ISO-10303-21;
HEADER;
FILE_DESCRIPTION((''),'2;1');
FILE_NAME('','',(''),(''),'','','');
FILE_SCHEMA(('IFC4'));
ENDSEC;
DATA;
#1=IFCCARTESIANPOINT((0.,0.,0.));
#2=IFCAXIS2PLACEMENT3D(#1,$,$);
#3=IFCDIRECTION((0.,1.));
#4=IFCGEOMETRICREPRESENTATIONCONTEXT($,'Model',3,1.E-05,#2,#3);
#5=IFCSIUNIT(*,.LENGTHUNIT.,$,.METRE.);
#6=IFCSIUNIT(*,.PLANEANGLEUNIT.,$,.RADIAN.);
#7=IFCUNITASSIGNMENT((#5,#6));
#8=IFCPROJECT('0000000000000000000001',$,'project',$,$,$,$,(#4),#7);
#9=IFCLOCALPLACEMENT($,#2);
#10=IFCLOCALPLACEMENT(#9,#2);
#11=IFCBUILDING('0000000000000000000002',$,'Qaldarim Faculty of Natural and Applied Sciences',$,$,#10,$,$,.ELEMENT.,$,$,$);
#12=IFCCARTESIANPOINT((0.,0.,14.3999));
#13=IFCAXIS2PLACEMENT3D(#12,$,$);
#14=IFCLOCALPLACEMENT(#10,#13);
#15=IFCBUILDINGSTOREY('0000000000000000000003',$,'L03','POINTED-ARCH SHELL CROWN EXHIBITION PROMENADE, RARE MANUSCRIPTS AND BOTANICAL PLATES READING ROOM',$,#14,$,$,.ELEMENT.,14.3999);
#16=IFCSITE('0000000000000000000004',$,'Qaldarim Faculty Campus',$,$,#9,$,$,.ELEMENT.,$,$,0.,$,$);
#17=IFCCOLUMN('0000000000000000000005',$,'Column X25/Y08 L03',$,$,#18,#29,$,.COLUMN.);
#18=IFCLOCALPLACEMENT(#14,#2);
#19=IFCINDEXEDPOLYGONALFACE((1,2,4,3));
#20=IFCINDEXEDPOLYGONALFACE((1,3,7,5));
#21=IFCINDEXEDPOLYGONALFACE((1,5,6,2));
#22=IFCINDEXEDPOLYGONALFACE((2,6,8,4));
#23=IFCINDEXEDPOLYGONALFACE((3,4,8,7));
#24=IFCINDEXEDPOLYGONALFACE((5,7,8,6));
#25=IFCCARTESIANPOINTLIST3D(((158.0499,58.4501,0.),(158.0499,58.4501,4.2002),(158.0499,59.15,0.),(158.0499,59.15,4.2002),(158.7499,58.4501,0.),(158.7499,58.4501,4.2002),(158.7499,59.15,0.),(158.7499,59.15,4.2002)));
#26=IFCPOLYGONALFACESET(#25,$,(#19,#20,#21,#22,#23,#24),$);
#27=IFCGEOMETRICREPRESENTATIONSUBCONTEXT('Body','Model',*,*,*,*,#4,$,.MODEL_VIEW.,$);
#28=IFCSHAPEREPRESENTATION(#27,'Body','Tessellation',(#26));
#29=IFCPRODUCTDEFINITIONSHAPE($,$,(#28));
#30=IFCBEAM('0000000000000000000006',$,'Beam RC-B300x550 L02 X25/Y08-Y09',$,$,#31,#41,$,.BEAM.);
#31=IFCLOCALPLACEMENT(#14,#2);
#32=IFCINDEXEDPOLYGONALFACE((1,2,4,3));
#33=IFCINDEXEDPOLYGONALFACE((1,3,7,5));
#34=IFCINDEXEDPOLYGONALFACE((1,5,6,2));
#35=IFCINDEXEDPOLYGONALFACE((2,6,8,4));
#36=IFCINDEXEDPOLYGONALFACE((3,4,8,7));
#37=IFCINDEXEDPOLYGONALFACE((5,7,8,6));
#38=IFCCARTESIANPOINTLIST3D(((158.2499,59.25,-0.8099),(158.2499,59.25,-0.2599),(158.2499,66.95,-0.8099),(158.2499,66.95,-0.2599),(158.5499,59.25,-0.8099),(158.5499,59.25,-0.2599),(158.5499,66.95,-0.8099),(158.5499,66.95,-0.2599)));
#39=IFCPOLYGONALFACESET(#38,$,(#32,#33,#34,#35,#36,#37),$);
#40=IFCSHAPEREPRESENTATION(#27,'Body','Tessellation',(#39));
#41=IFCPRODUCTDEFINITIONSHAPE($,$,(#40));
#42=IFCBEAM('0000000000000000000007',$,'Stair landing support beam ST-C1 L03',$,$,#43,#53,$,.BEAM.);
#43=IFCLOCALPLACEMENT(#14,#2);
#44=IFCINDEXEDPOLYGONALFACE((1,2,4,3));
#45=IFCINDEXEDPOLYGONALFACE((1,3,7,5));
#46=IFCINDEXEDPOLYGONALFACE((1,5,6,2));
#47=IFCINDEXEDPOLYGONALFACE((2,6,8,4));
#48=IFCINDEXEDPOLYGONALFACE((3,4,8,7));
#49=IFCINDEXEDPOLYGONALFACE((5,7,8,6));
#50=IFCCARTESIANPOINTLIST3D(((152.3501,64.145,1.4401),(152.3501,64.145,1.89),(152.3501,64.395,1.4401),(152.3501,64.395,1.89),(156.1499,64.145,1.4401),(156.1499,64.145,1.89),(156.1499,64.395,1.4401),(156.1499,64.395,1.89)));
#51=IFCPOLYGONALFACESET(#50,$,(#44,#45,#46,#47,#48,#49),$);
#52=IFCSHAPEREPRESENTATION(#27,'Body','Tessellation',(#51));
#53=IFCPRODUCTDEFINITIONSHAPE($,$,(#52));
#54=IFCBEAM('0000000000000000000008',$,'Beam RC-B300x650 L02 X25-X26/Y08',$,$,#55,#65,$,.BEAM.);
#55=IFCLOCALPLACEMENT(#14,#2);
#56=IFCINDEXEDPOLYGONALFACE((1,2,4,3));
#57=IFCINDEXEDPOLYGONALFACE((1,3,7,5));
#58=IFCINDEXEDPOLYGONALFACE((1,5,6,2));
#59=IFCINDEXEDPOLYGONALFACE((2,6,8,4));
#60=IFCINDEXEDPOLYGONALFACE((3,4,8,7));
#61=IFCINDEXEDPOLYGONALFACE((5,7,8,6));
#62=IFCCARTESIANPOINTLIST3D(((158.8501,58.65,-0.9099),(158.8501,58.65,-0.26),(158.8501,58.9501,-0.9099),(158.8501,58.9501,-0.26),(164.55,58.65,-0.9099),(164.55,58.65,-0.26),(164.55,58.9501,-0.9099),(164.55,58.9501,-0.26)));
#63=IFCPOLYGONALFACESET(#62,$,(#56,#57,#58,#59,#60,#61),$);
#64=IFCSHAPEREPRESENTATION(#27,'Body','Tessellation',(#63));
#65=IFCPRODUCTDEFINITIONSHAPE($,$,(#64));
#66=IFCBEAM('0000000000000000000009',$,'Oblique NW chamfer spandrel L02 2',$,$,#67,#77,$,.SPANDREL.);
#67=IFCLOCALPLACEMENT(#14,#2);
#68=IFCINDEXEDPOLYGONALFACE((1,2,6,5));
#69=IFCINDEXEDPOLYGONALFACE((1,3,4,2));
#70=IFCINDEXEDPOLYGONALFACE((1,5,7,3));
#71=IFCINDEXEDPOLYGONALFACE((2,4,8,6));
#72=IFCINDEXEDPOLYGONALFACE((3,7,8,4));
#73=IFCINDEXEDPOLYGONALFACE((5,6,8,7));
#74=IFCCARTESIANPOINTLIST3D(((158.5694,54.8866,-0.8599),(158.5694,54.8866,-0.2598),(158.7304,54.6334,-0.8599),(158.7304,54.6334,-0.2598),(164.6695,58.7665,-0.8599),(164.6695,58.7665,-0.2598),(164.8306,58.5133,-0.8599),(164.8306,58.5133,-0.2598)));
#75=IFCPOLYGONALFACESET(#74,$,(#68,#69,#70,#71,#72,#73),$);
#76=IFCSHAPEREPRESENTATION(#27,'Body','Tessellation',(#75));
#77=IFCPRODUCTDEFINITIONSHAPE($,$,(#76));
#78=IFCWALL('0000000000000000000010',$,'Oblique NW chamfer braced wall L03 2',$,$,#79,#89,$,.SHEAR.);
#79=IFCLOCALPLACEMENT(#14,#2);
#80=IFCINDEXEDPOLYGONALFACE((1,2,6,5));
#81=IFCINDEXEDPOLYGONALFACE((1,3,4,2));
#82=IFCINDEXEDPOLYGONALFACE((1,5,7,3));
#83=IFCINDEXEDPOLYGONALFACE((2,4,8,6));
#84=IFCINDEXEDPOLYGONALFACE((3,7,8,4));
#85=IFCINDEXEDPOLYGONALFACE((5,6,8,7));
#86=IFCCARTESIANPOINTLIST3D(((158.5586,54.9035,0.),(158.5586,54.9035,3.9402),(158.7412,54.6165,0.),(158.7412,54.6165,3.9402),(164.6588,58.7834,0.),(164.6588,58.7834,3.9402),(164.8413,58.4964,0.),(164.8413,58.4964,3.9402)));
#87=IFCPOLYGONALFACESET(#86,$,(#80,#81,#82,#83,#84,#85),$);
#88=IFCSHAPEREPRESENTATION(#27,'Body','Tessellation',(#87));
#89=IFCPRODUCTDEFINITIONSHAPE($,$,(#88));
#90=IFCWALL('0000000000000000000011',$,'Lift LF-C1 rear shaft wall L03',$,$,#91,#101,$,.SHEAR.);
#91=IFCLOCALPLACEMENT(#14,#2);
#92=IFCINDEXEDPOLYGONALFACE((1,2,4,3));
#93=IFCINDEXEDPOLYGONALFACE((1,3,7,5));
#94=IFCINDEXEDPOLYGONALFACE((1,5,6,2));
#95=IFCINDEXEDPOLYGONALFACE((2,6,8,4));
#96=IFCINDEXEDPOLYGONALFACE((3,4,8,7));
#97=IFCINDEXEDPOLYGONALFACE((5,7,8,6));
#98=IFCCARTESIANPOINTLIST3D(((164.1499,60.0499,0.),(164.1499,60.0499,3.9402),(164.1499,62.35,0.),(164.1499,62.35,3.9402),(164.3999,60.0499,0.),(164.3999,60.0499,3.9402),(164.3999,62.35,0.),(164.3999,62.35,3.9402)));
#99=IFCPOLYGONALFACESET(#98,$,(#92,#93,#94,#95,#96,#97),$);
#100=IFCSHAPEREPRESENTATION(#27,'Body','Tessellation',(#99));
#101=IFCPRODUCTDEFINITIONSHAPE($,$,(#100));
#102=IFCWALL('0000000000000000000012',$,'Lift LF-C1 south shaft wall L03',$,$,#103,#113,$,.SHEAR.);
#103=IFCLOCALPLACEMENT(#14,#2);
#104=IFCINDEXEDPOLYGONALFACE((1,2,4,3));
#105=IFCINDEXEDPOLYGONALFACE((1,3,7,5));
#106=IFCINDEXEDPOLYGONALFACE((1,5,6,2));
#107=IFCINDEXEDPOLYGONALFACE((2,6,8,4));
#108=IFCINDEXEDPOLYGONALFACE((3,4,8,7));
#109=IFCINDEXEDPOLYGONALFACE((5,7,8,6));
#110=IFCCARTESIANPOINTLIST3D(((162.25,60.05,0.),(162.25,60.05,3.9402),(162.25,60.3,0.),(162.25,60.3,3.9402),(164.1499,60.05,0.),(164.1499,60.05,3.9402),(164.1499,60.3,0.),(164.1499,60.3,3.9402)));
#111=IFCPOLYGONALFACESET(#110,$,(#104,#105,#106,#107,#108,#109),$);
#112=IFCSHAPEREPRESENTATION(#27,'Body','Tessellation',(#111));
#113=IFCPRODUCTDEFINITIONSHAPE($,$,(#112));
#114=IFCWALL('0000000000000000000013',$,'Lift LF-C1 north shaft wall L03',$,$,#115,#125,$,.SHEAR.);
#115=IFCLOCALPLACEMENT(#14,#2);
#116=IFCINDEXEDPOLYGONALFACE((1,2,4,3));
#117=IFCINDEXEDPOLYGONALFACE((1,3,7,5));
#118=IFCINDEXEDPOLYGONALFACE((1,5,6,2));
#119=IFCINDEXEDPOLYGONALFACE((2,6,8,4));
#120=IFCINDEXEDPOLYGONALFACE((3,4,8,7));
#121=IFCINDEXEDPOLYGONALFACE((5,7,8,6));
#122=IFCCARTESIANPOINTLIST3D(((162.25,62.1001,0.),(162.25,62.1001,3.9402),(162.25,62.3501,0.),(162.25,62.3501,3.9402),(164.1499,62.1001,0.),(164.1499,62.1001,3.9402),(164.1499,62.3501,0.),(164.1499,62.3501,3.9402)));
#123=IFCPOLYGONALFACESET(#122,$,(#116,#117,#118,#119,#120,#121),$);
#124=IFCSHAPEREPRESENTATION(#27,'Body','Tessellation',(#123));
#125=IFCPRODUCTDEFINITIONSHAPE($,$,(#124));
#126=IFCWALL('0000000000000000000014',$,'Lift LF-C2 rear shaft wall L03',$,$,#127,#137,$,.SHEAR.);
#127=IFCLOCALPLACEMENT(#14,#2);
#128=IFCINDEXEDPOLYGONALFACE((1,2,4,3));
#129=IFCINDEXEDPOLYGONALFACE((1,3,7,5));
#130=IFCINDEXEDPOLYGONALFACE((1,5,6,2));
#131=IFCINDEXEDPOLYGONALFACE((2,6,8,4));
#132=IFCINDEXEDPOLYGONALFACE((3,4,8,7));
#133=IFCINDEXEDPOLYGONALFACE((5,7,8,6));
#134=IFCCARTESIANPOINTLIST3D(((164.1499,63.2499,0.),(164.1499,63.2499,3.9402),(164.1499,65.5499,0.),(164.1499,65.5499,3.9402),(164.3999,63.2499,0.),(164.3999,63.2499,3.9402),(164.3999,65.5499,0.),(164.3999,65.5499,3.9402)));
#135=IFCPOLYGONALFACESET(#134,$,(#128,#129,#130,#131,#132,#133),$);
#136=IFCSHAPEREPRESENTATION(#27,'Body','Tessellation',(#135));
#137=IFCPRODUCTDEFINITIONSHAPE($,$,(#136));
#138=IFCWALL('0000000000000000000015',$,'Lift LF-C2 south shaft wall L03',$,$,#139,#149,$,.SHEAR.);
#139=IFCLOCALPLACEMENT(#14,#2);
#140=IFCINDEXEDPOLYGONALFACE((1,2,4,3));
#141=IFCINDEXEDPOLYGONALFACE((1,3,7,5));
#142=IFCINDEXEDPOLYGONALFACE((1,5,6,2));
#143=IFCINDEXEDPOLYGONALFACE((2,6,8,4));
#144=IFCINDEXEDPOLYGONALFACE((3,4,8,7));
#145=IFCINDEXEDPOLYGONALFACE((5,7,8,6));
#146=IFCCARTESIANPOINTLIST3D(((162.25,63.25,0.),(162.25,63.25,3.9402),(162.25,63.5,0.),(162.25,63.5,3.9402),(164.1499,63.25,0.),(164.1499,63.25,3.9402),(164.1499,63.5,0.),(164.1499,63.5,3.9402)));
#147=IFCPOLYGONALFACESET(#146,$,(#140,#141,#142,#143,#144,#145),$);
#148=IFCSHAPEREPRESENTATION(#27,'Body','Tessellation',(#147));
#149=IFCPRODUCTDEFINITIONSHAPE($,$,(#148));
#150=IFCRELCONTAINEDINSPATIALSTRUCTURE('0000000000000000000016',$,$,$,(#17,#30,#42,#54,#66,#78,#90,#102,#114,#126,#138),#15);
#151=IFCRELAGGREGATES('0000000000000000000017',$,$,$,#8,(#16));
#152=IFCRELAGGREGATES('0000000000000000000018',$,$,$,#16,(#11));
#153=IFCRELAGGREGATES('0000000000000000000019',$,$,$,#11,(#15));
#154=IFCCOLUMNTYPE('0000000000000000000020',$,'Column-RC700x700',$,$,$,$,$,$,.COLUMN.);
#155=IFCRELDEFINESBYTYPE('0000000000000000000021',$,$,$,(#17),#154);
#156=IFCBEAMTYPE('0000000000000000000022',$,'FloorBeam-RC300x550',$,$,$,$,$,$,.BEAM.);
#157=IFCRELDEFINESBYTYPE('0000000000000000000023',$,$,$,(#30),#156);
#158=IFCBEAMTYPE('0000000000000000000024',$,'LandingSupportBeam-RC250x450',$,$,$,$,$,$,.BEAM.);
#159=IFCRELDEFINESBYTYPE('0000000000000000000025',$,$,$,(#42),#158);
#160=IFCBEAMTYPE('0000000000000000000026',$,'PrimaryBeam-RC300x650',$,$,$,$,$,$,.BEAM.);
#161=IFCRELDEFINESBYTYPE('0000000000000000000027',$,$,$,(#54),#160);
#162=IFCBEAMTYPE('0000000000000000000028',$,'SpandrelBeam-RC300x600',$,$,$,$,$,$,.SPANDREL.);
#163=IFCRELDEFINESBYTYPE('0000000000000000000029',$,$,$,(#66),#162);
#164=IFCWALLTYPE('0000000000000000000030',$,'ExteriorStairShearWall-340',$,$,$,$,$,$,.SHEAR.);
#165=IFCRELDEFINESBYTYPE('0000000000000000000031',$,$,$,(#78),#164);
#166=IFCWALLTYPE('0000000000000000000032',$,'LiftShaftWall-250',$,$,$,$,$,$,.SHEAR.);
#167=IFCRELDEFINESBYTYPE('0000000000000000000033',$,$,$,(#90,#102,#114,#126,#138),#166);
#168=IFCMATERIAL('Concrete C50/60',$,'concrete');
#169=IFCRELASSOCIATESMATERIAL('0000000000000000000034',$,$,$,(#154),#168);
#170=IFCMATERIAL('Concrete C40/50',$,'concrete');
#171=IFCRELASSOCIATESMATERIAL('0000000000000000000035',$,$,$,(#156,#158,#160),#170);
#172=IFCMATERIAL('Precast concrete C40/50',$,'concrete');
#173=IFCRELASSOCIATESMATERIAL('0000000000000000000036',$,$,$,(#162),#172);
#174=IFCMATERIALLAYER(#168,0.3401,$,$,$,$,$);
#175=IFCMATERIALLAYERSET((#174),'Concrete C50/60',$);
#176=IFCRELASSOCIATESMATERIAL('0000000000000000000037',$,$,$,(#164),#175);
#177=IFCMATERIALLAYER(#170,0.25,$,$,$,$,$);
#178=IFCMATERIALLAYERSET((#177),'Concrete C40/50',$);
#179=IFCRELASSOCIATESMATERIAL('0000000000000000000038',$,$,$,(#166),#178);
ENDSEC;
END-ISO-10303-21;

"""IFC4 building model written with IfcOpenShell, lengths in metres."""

from ifc_helpers import new_model, si_unit, direction, frame, frame_2d, origin, origin_2d, place, context, subcontext, project, spatial, rectangle, extrude, material, layer, layer_set, material_profile, profile_set, type_object, element, save


model = new_model("IFC4")

# Units and contexts
model_context = context("Model", 3, precision=1e-05, world=origin(), true_north=direction((0.0, 1.0)))
body_context = subcontext(model_context, "Body", "Model", "MODEL_VIEW")
ifc_project = project(units=[si_unit("LENGTHUNIT", "METRE"), si_unit("PLANEANGLEUNIT", "RADIAN")], contexts=[model_context])

# Site, building, storey
site_placement = place(None, origin())
site = spatial("IfcSite", under=ifc_project, at=site_placement, Name="Qaldarim Faculty Campus", CompositionType="ELEMENT", RefElevation=0.0)
building_placement = place(site_placement, origin())
building = spatial("IfcBuilding", under=site, at=building_placement, Name="Qaldarim Faculty of Natural and Applied Sciences", CompositionType="ELEMENT")
storey_placement = place(building_placement, frame((0.0, 0.0, 14.3999)))
storey = spatial("IfcBuildingStorey", under=building, at=storey_placement, Name="L03", Description="POINTED-ARCH SHELL CROWN EXHIBITION PROMENADE, RARE MANUSCRIPTS AND BOTANICAL PLATES READING ROOM", CompositionType="ELEMENT", Elevation=14.3999)

# Column
ifc_material_1 = material(Name="Concrete C50/60", Category="concrete")
ifc_material_profile_1 = material_profile(ifc_material_1, rectangle(XDim=0.7, YDim=0.7, at=origin_2d()), Name="RC-C700x700")
ifc_profile_set_1 = profile_set([ifc_material_profile_1], Name="Concrete C50/60")
column_type = type_object("IfcColumnType", Name="Column-RC700x700", PredefinedType="COLUMN", material=ifc_profile_set_1)
column_placement = place(storey_placement, frame((158.3999, 58.8, 0.0), z_axis=(0.0, 0.0, 1.0), x_axis=(1.0, 0.0, 0.0)))
element("IfcColumn", 1, at=column_placement, inside=storey, type_object=column_type, Name="Column X25/Y08 L03", PredefinedType="COLUMN", context=body_context, shape_type="SweptSolid", body=[
    extrude(rectangle(XDim=0.7, YDim=0.7, at=origin_2d()), origin(), (0.0, 0.0, 1.0), 4.2002),
])

# Beams
ifc_material_2 = material(Name="Concrete C40/50", Category="concrete")
ifc_material_profile_2 = material_profile(ifc_material_2, rectangle(XDim=0.3, YDim=0.55, at=origin_2d()), Name="RC-B300x550")
ifc_profile_set_2 = profile_set([ifc_material_profile_2], Name="Concrete C40/50")
beam_type_1 = type_object("IfcBeamType", Name="FloorBeam-RC300x550", PredefinedType="BEAM", material=ifc_profile_set_2)
beam_1_placement = place(storey_placement, frame((158.3999, 59.25, -0.5349), z_axis=(0.0, 1.0, 0.0), x_axis=(-1.0, 0.0, 0.0)))
element("IfcBeam", 2, at=beam_1_placement, inside=storey, type_object=beam_type_1, Name="Beam RC-B300x550 L02 X25/Y08-Y09", PredefinedType="BEAM", context=body_context, shape_type="SweptSolid", body=[
    extrude(rectangle(XDim=0.3, YDim=0.55, at=origin_2d()), origin(), (0.0, 0.0, 1.0), 7.7),
])
ifc_material_profile_3 = material_profile(ifc_material_2, rectangle(XDim=0.25, YDim=0.45, at=origin_2d()), Name="RC-LN250x450")
ifc_profile_set_3 = profile_set([ifc_material_profile_3], Name="Concrete C40/50")
beam_type_2 = type_object("IfcBeamType", Name="LandingSupportBeam-RC250x450", PredefinedType="BEAM", material=ifc_profile_set_3)
beam_2_placement = place(storey_placement, frame((152.3501, 64.27, 1.665), z_axis=(1.0, 0.0, 0.0), x_axis=(0.0, 1.0, 0.0)))
element("IfcBeam", 3, at=beam_2_placement, inside=storey, type_object=beam_type_2, Name="Stair landing support beam ST-C1 L03", PredefinedType="BEAM", context=body_context, shape_type="SweptSolid", body=[
    extrude(rectangle(XDim=0.25, YDim=0.45, at=origin_2d()), origin(), (0.0, 0.0, 1.0), 3.7998),
])
ifc_material_profile_4 = material_profile(ifc_material_2, rectangle(XDim=0.3, YDim=0.6499, at=origin_2d()), Name="RC-B300x650")
ifc_profile_set_4 = profile_set([ifc_material_profile_4], Name="Concrete C40/50")
beam_type_3 = type_object("IfcBeamType", Name="PrimaryBeam-RC300x650", PredefinedType="BEAM", material=ifc_profile_set_4)
beam_3_placement = place(storey_placement, frame((158.8501, 58.8, -0.585), z_axis=(1.0, 0.0, 0.0), x_axis=(0.0, 1.0, 0.0)))
element("IfcBeam", 4, at=beam_3_placement, inside=storey, type_object=beam_type_3, Name="Beam RC-B300x650 L02 X25-X26/Y08", PredefinedType="BEAM", context=body_context, shape_type="SweptSolid", body=[
    extrude(rectangle(XDim=0.3, YDim=0.6499, at=origin_2d()), origin(), (0.0, 0.0, 1.0), 5.7),
])
ifc_material_3 = material(Name="Precast concrete C40/50", Category="concrete")
ifc_material_profile_5 = material_profile(ifc_material_3, rectangle(XDim=0.3, YDim=0.6001, at=origin_2d()), Name="RC-SP300x600")
ifc_profile_set_5 = profile_set([ifc_material_profile_5], Name="Precast concrete C40/50")
beam_type_4 = type_object("IfcBeamType", Name="SpandrelBeam-RC300x600", PredefinedType="SPANDREL", material=ifc_profile_set_5)
beam_4_placement = place(storey_placement, frame((158.6499, 54.76, -0.5598), z_axis=(0.843787, 0.536679, 0.0), x_axis=(-0.536679, 0.843787, 0.0)))
element("IfcBeam", 5, at=beam_4_placement, inside=storey, type_object=beam_type_4, Name="Oblique NW chamfer spandrel L02 2", PredefinedType="SPANDREL", context=body_context, shape_type="SweptSolid", body=[
    extrude(rectangle(XDim=0.3, YDim=0.6001, at=origin_2d()), origin(), (0.0, 0.0, 1.0), 7.2295),
])

# Wall
ifc_layer_1 = layer(ifc_material_1, 0.3401)
ifc_layer_set_1 = layer_set([ifc_layer_1], Name="Concrete C50/60")
wall_type_1 = type_object("IfcWallType", Name="ExteriorStairShearWall-340", PredefinedType="SHEAR", material=ifc_layer_set_1)
wall_1_placement = place(storey_placement, frame((158.6499, 54.76, 0.0), z_axis=(0.0, 0.0, 1.0), x_axis=(0.843787, 0.536679, 0.0)))
element("IfcWall", 6, at=wall_1_placement, inside=storey, type_object=wall_type_1, Name="Oblique NW chamfer braced wall L03 2", PredefinedType="SHEAR", context=body_context, shape_type="SweptSolid", body=[
    extrude(rectangle(XDim=7.2295, YDim=0.3401, at=frame_2d((3.6147, 0.0))), origin(), (0.0, 0.0, 1.0), 3.9402),
])

# Shared definitions
ifc_layer_2 = layer(ifc_material_2, 0.25)
ifc_layer_set_2 = layer_set([ifc_layer_2], Name="Concrete C40/50")
wall_type_2 = type_object("IfcWallType", Name="LiftShaftWall-250", PredefinedType="SHEAR", material=ifc_layer_set_2)

# Walls
wall_2_placement = place(storey_placement, frame((164.2749, 60.05, 0.0), z_axis=(0.0, 0.0, 1.0), x_axis=(0.0, 1.0, 0.0)))
element("IfcWall", 7, at=wall_2_placement, inside=storey, type_object=wall_type_2, Name="Lift LF-C1 rear shaft wall L03", PredefinedType="SHEAR", context=body_context, shape_type="SweptSolid", body=[
    extrude(rectangle(XDim=2.3, YDim=0.25, at=frame_2d((1.1499, 0.0))), origin(), (0.0, 0.0, 1.0), 3.9402),
])
for number, where, z_axis, x_axis, name in (
    (8, (162.25, 60.175, 0.0), (0.0, 0.0, 1.0), (1.0, 0.0, 0.0), "Lift LF-C1 south shaft wall L03"),
    (9, (162.25, 62.2251, 0.0), (0.0, 0.0, 1.0), (1.0, 0.0, 0.0), "Lift LF-C1 north shaft wall L03"),
):
    element("IfcWall", number, at=place(storey_placement, frame(where, z_axis=z_axis, x_axis=x_axis)), inside=storey, type_object=wall_type_2, Name=name, PredefinedType="SHEAR", context=body_context, shape_type="SweptSolid", body=[
        extrude(rectangle(XDim=1.8999, YDim=0.25, at=frame_2d((0.95, 0.0))), origin(), (0.0, 0.0, 1.0), 3.9402),
    ])

# Walls
wall_3_placement = place(storey_placement, frame((164.2749, 63.25, 0.0), z_axis=(0.0, 0.0, 1.0), x_axis=(0.0, 1.0, 0.0)))
element("IfcWall", 10, at=wall_3_placement, inside=storey, type_object=wall_type_2, Name="Lift LF-C2 rear shaft wall L03", PredefinedType="SHEAR", context=body_context, shape_type="SweptSolid", body=[
    extrude(rectangle(XDim=2.3, YDim=0.25, at=frame_2d((1.1499, 0.0))), origin(), (0.0, 0.0, 1.0), 3.9402),
])
wall_4_placement = place(storey_placement, frame((162.25, 63.375, 0.0), z_axis=(0.0, 0.0, 1.0), x_axis=(1.0, 0.0, 0.0)))
element("IfcWall", 11, at=wall_4_placement, inside=storey, type_object=wall_type_2, Name="Lift LF-C2 south shaft wall L03", PredefinedType="SHEAR", context=body_context, shape_type="SweptSolid", body=[
    extrude(rectangle(XDim=1.8999, YDim=0.25, at=frame_2d((0.95, 0.0))), origin(), (0.0, 0.0, 1.0), 3.9402),
])

save(model, "model.ifc")
